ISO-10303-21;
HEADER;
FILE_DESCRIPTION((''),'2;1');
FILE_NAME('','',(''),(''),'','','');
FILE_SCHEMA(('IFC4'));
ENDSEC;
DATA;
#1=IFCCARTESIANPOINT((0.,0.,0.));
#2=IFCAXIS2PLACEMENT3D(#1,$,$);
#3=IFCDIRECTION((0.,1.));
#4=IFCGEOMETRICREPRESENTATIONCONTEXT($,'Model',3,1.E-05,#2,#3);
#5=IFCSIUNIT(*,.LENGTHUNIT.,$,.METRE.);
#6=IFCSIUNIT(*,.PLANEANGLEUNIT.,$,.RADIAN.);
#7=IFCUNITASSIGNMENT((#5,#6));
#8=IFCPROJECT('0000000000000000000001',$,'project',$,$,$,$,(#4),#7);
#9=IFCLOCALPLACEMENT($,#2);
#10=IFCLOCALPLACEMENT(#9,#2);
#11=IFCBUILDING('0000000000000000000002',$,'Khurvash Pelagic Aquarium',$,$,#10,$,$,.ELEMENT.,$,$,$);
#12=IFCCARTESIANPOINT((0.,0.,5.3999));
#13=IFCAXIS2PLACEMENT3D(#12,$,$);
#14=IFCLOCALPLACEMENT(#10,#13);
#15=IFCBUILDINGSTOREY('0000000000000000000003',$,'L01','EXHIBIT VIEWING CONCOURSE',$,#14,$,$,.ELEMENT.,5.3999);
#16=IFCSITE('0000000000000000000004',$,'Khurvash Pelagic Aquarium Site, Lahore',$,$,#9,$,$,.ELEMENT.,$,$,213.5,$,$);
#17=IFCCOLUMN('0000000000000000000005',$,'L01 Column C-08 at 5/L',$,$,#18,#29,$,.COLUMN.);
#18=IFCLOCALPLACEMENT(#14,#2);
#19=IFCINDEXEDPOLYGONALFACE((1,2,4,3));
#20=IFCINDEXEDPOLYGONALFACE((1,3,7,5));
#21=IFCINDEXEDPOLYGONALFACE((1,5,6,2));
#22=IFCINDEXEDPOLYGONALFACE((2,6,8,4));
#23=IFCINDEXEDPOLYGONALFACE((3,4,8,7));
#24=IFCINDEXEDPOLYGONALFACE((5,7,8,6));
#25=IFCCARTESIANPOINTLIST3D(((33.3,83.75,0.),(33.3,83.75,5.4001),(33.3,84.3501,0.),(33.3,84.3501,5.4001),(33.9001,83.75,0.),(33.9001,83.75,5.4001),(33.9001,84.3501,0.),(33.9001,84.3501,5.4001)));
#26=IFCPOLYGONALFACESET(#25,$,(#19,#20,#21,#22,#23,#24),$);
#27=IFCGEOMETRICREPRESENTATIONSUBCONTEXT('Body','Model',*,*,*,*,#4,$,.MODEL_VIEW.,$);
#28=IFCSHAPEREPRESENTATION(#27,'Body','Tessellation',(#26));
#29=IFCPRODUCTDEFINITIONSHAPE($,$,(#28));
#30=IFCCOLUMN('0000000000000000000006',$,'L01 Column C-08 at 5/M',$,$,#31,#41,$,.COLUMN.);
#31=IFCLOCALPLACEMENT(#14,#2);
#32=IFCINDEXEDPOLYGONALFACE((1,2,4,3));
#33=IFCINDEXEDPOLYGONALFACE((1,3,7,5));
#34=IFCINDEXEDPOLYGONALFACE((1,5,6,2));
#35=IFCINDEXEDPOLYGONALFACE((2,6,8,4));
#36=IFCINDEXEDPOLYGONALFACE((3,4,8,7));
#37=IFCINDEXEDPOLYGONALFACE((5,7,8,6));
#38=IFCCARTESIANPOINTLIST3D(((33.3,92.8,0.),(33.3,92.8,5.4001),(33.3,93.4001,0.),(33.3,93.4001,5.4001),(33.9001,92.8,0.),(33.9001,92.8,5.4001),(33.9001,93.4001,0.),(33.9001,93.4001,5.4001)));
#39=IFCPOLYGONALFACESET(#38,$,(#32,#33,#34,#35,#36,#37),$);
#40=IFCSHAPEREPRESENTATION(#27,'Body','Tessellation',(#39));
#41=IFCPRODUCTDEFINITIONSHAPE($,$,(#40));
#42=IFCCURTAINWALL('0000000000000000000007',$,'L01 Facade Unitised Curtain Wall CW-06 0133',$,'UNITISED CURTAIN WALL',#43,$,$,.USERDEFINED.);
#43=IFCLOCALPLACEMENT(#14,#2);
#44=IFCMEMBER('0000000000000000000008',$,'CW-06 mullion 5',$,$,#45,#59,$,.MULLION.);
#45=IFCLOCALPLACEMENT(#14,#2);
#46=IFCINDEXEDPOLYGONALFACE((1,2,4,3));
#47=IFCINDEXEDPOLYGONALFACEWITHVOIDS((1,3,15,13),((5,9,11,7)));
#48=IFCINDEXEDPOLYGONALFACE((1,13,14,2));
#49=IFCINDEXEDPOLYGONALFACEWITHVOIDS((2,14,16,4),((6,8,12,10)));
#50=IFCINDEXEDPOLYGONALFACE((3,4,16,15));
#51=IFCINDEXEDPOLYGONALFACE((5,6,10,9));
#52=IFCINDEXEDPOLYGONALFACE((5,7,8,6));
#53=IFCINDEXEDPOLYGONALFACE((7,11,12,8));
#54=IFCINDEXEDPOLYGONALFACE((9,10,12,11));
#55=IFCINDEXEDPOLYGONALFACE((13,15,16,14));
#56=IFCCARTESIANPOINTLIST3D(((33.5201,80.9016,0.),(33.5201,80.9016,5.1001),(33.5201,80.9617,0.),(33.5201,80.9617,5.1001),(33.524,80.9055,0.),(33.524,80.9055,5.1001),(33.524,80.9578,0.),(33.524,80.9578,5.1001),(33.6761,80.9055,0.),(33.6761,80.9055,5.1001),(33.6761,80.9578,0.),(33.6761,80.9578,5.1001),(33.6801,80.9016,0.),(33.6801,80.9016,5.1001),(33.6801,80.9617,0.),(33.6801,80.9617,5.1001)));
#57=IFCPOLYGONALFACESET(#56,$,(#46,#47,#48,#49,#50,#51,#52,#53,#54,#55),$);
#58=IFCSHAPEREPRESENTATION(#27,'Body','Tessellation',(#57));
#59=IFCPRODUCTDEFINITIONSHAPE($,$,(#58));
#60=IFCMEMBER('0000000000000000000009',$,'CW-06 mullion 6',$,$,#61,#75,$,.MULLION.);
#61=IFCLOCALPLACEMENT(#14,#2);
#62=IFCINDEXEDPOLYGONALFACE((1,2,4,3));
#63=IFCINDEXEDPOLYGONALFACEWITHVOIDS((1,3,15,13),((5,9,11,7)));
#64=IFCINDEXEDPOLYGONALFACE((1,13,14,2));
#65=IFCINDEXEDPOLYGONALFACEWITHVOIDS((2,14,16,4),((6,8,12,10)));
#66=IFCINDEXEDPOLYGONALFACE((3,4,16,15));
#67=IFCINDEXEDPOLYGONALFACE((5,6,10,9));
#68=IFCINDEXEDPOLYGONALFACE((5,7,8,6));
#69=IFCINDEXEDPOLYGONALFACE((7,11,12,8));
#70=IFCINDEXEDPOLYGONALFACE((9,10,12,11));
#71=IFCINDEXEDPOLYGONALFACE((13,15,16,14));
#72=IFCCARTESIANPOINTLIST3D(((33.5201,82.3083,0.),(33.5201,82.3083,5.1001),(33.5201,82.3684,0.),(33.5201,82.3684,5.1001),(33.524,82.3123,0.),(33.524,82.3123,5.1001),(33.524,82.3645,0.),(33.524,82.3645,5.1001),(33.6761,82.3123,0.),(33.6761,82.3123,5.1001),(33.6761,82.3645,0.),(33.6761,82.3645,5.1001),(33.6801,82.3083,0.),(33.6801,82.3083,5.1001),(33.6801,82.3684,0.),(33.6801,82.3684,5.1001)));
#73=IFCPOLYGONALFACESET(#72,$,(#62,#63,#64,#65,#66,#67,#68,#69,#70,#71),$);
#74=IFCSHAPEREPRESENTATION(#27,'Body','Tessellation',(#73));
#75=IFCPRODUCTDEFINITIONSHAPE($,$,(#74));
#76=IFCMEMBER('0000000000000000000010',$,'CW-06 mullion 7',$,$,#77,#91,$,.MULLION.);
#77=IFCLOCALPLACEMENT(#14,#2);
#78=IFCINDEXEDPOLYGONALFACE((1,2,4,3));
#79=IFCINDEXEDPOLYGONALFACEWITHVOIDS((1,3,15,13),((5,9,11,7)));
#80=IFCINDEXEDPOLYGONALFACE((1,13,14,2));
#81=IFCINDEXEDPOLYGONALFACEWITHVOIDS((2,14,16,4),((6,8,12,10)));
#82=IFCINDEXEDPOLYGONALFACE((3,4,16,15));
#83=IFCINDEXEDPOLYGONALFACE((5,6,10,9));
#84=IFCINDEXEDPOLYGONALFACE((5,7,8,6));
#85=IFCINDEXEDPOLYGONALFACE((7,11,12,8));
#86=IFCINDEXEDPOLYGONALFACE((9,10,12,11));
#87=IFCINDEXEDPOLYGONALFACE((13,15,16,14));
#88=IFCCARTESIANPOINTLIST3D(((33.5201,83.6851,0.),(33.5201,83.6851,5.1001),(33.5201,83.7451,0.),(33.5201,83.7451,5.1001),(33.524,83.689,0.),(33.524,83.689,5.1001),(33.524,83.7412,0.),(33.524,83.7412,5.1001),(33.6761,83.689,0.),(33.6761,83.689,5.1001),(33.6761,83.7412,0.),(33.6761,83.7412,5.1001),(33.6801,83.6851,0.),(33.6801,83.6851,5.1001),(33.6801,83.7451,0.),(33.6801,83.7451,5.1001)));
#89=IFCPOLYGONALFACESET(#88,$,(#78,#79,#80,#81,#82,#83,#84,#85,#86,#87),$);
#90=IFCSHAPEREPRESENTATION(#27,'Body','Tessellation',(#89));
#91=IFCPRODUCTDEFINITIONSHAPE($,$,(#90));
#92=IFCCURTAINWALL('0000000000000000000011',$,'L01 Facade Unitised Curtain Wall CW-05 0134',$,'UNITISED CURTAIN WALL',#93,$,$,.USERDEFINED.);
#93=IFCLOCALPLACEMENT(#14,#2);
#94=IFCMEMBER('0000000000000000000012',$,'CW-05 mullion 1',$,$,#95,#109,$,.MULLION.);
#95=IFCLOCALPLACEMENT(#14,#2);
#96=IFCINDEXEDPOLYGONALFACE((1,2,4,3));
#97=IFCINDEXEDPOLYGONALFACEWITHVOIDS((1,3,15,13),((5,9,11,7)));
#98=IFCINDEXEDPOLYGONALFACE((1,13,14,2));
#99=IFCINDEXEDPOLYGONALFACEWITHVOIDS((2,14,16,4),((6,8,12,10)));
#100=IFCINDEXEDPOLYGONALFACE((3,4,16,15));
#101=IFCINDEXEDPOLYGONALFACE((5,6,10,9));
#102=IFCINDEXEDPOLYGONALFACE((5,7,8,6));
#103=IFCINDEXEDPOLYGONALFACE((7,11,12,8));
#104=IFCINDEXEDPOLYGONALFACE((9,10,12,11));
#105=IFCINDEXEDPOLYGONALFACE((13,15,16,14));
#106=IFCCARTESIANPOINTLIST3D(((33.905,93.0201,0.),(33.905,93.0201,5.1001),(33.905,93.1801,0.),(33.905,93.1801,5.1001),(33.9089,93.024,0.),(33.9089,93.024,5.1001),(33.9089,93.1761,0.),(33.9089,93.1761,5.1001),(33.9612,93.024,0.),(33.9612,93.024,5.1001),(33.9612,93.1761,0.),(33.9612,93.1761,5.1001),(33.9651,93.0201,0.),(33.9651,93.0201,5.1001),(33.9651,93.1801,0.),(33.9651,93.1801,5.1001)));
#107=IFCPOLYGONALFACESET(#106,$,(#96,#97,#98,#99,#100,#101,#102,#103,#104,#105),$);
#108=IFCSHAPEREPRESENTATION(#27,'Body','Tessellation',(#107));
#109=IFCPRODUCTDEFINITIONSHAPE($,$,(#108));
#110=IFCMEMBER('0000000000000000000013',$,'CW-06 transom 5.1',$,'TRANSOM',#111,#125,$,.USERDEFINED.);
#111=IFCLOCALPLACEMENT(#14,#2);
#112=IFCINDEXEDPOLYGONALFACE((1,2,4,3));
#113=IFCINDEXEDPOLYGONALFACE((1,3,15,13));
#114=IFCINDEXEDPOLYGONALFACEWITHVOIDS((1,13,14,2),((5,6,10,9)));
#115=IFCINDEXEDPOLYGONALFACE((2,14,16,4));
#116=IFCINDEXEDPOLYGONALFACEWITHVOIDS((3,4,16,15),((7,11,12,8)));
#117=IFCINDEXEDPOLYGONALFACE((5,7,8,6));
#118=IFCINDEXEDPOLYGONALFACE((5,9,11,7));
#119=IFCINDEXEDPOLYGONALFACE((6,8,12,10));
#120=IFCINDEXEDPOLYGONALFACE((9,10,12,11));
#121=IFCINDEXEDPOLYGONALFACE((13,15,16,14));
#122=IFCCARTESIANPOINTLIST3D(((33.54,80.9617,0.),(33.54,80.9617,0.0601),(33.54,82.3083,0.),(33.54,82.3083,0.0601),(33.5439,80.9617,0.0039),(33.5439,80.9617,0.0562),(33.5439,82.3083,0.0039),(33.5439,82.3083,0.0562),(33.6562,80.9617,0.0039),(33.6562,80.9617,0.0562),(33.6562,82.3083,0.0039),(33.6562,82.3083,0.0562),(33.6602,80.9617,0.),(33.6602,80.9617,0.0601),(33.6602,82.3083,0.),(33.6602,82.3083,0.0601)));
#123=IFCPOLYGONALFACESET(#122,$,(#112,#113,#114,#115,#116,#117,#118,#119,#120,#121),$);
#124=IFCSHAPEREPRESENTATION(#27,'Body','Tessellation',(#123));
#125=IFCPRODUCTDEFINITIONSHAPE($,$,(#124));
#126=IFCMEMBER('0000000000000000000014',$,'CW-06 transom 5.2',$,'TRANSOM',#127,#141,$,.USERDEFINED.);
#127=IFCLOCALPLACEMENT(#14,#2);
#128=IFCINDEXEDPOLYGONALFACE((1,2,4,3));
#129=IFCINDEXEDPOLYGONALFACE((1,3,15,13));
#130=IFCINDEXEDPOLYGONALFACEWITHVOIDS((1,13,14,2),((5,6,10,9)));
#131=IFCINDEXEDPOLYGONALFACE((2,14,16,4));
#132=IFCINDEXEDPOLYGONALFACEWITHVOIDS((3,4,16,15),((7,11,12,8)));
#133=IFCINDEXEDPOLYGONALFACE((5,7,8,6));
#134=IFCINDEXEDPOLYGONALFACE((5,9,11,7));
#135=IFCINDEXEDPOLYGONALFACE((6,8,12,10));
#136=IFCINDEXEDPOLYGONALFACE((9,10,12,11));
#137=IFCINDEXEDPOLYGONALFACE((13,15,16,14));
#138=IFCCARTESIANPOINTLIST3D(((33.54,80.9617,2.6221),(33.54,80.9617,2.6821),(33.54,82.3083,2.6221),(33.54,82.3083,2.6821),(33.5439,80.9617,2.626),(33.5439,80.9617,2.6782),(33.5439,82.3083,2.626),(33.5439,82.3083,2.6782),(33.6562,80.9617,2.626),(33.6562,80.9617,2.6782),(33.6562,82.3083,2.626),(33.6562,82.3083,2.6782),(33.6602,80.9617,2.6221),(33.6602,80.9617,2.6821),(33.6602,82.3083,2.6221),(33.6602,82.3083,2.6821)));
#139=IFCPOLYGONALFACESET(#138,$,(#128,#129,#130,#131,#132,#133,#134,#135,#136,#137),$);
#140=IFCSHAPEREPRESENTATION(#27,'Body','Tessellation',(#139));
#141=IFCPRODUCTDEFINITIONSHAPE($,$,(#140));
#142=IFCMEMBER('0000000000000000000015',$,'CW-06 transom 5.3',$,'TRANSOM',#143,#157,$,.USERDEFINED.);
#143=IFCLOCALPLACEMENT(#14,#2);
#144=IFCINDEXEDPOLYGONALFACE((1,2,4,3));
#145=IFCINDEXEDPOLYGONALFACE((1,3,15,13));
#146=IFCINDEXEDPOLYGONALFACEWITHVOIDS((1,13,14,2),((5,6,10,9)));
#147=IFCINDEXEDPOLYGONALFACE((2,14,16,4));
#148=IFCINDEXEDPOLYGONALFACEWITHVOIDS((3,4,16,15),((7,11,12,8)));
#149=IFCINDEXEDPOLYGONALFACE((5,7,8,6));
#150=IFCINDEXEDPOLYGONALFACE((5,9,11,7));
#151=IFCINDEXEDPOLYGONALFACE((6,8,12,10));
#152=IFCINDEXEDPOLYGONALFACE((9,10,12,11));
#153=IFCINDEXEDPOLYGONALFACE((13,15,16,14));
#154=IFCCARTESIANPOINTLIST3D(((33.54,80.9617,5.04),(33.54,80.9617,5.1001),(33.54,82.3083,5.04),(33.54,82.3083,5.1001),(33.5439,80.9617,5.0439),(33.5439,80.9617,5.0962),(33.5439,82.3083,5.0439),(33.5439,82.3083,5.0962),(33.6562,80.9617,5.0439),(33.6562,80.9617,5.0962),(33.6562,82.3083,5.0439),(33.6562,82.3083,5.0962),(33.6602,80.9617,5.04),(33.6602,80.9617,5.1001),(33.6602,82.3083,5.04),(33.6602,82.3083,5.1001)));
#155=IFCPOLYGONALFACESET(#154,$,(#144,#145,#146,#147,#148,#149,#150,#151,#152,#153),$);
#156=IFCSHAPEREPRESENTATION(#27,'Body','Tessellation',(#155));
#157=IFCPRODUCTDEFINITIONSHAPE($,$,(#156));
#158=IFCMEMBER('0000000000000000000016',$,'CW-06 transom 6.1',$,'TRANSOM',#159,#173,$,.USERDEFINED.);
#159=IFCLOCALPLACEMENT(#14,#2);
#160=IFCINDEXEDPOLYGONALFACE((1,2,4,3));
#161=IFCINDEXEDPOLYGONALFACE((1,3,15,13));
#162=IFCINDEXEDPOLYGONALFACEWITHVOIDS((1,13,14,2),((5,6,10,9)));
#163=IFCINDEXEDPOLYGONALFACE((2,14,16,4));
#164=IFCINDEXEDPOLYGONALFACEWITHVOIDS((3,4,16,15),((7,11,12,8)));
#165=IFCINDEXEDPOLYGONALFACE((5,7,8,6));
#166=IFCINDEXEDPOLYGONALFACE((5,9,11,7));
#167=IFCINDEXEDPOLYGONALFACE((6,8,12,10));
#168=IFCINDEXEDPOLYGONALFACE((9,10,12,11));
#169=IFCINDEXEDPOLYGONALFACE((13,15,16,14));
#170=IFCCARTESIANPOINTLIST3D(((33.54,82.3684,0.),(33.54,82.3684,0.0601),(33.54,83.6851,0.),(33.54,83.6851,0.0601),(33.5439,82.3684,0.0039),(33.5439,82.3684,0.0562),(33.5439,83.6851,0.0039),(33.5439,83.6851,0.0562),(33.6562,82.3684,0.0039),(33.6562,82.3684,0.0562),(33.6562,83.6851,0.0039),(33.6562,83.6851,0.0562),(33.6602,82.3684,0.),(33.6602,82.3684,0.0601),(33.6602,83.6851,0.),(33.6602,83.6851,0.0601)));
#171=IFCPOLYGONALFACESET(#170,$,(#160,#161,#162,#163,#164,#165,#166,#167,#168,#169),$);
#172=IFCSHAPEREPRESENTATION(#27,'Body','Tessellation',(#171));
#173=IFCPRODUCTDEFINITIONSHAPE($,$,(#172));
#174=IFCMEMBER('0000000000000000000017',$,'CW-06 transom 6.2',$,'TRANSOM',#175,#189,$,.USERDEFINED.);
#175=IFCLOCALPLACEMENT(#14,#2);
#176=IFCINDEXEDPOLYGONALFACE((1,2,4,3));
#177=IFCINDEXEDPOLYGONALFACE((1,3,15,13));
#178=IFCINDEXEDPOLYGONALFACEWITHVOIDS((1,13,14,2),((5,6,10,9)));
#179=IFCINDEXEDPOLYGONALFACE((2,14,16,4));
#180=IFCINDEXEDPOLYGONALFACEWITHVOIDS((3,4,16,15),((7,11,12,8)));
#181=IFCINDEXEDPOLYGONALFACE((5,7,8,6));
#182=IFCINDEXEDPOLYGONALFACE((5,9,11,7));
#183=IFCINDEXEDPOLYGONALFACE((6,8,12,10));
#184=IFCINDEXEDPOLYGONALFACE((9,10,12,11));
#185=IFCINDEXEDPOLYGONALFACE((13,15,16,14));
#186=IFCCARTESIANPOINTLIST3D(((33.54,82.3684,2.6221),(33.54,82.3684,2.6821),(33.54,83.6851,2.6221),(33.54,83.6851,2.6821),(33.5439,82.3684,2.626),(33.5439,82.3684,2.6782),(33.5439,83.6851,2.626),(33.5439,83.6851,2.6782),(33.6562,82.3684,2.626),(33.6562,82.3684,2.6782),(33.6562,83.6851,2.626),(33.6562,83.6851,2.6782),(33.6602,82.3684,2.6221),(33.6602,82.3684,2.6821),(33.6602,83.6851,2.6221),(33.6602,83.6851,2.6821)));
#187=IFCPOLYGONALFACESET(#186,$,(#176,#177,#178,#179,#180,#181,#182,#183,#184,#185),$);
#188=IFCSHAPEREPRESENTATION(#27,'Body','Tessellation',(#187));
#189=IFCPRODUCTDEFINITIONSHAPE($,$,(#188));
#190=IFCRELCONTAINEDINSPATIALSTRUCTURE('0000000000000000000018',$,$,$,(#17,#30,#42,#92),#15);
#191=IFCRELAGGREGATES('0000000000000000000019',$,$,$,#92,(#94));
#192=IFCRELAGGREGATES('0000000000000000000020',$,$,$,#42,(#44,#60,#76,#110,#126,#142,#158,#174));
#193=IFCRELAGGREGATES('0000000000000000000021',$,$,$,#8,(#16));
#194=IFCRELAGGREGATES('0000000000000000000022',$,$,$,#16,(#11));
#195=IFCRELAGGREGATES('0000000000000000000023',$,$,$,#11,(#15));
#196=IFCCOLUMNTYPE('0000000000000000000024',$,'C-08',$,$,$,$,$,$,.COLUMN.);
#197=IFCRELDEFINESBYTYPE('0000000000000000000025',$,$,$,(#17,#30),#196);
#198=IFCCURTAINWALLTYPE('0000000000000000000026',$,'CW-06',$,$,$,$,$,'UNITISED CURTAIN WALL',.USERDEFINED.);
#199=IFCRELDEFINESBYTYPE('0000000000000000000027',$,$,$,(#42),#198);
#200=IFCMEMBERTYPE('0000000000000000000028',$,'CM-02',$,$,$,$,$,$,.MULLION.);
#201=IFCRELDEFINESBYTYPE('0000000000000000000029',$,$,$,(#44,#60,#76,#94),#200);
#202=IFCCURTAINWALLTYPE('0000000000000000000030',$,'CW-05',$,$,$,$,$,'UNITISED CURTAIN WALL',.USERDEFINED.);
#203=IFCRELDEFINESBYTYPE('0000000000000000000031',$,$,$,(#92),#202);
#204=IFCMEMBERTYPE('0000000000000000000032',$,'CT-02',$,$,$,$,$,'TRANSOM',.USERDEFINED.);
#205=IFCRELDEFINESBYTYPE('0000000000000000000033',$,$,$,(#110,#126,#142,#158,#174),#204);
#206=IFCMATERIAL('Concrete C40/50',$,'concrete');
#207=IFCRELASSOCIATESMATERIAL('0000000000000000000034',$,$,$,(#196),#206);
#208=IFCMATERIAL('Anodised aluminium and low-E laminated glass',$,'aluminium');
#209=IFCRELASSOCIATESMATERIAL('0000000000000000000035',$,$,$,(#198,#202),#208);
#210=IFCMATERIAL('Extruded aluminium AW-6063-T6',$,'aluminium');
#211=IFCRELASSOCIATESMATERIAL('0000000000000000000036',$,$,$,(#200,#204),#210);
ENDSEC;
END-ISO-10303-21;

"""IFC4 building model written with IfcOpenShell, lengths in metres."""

from ifc_helpers import new_model, si_unit, direction, frame, origin, origin_2d, place, context, subcontext, project, spatial, rectangle, hollow_rectangle, extrude, material, material_profile, profile_set, type_object, element, aggregate, save


model = new_model("IFC4")

# Units and contexts
model_context = context("Model", 3, precision=1e-05, world=origin(), true_north=direction((0.0, 1.0)))
body_context = subcontext(model_context, "Body", "Model", "MODEL_VIEW")
ifc_project = project(units=[si_unit("LENGTHUNIT", "METRE"), si_unit("PLANEANGLEUNIT", "RADIAN")], contexts=[model_context])

# Site, building, storey
site_placement = place(None, origin())
site = spatial("IfcSite", under=ifc_project, at=site_placement, Name="Khurvash Pelagic Aquarium Site, Lahore", CompositionType="ELEMENT", RefElevation=213.5)
building_placement = place(site_placement, origin())
building = spatial("IfcBuilding", under=site, at=building_placement, Name="Khurvash Pelagic Aquarium", CompositionType="ELEMENT")
storey_placement = place(building_placement, frame((0.0, 0.0, 5.3999)))
storey = spatial("IfcBuildingStorey", under=building, at=storey_placement, Name="L01", Description="EXHIBIT VIEWING CONCOURSE", CompositionType="ELEMENT", Elevation=5.3999)

# Columns
ifc_material_1 = material(Name="Concrete C40/50", Category="concrete")
ifc_material_profile_1 = material_profile(ifc_material_1, rectangle(XDim=0.6001, YDim=0.6001, at=origin_2d()), Name="RC600X600")
ifc_profile_set_1 = profile_set([ifc_material_profile_1], Name="Concrete C40/50")
column_type = type_object("IfcColumnType", Name="C-08", PredefinedType="COLUMN", material=ifc_profile_set_1)
for number, where, z_axis, x_axis, name in (
    (1, (33.6001, 84.05, 0.0), (0.0, 0.0, 1.0), (1.0, 0.0, 0.0), "L01 Column C-08 at 5/L"),
    (2, (33.6001, 93.1001, 0.0), (0.0, 0.0, 1.0), (1.0, 0.0, 0.0), "L01 Column C-08 at 5/M"),
):
    element("IfcColumn", number, at=place(storey_placement, frame(where, z_axis=z_axis, x_axis=x_axis)), inside=storey, type_object=column_type, Name=name, PredefinedType="COLUMN", context=body_context, shape_type="SweptSolid", body=[
        extrude(rectangle(XDim=0.6001, YDim=0.6001, at=origin_2d()), origin(), (0.0, 0.0, 1.0), 5.4001),
    ])

# Curtain wall, members
ifc_material_2 = material(Name="Anodised aluminium and low-E laminated glass", Category="aluminium")
curtain_wall_type_1 = type_object("IfcCurtainWallType", Name="CW-06", ElementType="UNITISED CURTAIN WALL", PredefinedType="USERDEFINED", material=ifc_material_2)
curtain_wall_1_placement = place(storey_placement, origin())
curtain_wall_1 = element("IfcCurtainWall", 3, at=curtain_wall_1_placement, inside=storey, type_object=curtain_wall_type_1, Name="L01 Facade Unitised Curtain Wall CW-06 0133", ObjectType="UNITISED CURTAIN WALL", PredefinedType="USERDEFINED")
ifc_material_3 = material(Name="Extruded aluminium AW-6063-T6", Category="aluminium")
ifc_material_profile_2 = material_profile(ifc_material_3, hollow_rectangle(XDim=0.0601, YDim=0.1599, WallThickness=0.0039, at=origin_2d()), Name="CWM60X160X4")
ifc_profile_set_2 = profile_set([ifc_material_profile_2], Name="Extruded aluminium AW-6063-T6")
member_type_1 = type_object("IfcMemberType", Name="CM-02", PredefinedType="MULLION", material=ifc_profile_set_2)
member_1_placement = place(storey_placement, frame((33.6001, 80.9316, 0.0), z_axis=(0.0, 0.0, 1.0), x_axis=(0.0, 1.0, 0.0)))
member_1 = element("IfcMember", 4, at=member_1_placement, type_object=member_type_1, Name="CW-06 mullion 5", PredefinedType="MULLION", context=body_context, shape_type="SweptSolid", body=[
    extrude(hollow_rectangle(XDim=0.0601, YDim=0.1599, WallThickness=0.0039, at=origin_2d()), origin(), (0.0, 0.0, 1.0), 5.1001),
])
member_2_placement = place(storey_placement, frame((33.6001, 82.3384, 0.0), z_axis=(0.0, 0.0, 1.0), x_axis=(0.0, 1.0, 0.0)))
member_2 = element("IfcMember", 5, at=member_2_placement, type_object=member_type_1, Name="CW-06 mullion 6", PredefinedType="MULLION", context=body_context, shape_type="SweptSolid", body=[
    extrude(hollow_rectangle(XDim=0.0601, YDim=0.1599, WallThickness=0.0039, at=origin_2d()), origin(), (0.0, 0.0, 1.0), 5.1001),
])
member_3_placement = place(storey_placement, frame((33.6001, 83.7151, 0.0), z_axis=(0.0, 0.0, 1.0), x_axis=(0.0, 1.0, 0.0)))
member_3 = element("IfcMember", 6, at=member_3_placement, type_object=member_type_1, Name="CW-06 mullion 7", PredefinedType="MULLION", context=body_context, shape_type="SweptSolid", body=[
    extrude(hollow_rectangle(XDim=0.0601, YDim=0.1599, WallThickness=0.0039, at=origin_2d()), origin(), (0.0, 0.0, 1.0), 5.1001),
])

# Curtain wall, member
curtain_wall_type_2 = type_object("IfcCurtainWallType", Name="CW-05", ElementType="UNITISED CURTAIN WALL", PredefinedType="USERDEFINED", material=ifc_material_2)
curtain_wall_2_placement = place(storey_placement, origin())
curtain_wall_2 = element("IfcCurtainWall", 7, at=curtain_wall_2_placement, inside=storey, type_object=curtain_wall_type_2, Name="L01 Facade Unitised Curtain Wall CW-05 0134", ObjectType="UNITISED CURTAIN WALL", PredefinedType="USERDEFINED")
member_4_placement = place(storey_placement, frame((33.9351, 93.1001, 0.0), z_axis=(0.0, 0.0, 1.0), x_axis=(1.0, 0.0, 0.0)))
member_4 = element("IfcMember", 8, at=member_4_placement, type_object=member_type_1, Name="CW-05 mullion 1", PredefinedType="MULLION", context=body_context, shape_type="SweptSolid", body=[
    extrude(hollow_rectangle(XDim=0.0601, YDim=0.1599, WallThickness=0.0039, at=origin_2d()), origin(), (0.0, 0.0, 1.0), 5.1001),
])

# Members
ifc_material_profile_3 = material_profile(ifc_material_3, hollow_rectangle(XDim=0.1201, YDim=0.0601, WallThickness=0.0039, at=origin_2d()), Name="CWT120X60X4")
ifc_profile_set_3 = profile_set([ifc_material_profile_3], Name="Extruded aluminium AW-6063-T6")
member_type_2 = type_object("IfcMemberType", Name="CT-02", ElementType="TRANSOM", PredefinedType="USERDEFINED", material=ifc_profile_set_3)
member_5_placement = place(storey_placement, frame((33.6001, 80.9617, 0.03), z_axis=(0.0, 1.0, 0.0), x_axis=(-1.0, 0.0, 0.0)))
member_5 = element("IfcMember", 9, at=member_5_placement, type_object=member_type_2, Name="CW-06 transom 5.1", ObjectType="TRANSOM", PredefinedType="USERDEFINED", context=body_context, shape_type="SweptSolid", body=[
    extrude(hollow_rectangle(XDim=0.1201, YDim=0.0601, WallThickness=0.0039, at=origin_2d()), origin(), (0.0, 0.0, 1.0), 1.3467),
])
member_6_placement = place(storey_placement, frame((33.6001, 80.9617, 2.6521), z_axis=(0.0, 1.0, 0.0), x_axis=(-1.0, 0.0, 0.0)))
member_6 = element("IfcMember", 10, at=member_6_placement, type_object=member_type_2, Name="CW-06 transom 5.2", ObjectType="TRANSOM", PredefinedType="USERDEFINED", context=body_context, shape_type="SweptSolid", body=[
    extrude(hollow_rectangle(XDim=0.1201, YDim=0.0601, WallThickness=0.0039, at=origin_2d()), origin(), (0.0, 0.0, 1.0), 1.3467),
])
member_7_placement = place(storey_placement, frame((33.6001, 80.9617, 5.0701), z_axis=(0.0, 1.0, 0.0), x_axis=(-1.0, 0.0, 0.0)))
member_7 = element("IfcMember", 11, at=member_7_placement, type_object=member_type_2, Name="CW-06 transom 5.3", ObjectType="TRANSOM", PredefinedType="USERDEFINED", context=body_context, shape_type="SweptSolid", body=[
    extrude(hollow_rectangle(XDim=0.1201, YDim=0.0601, WallThickness=0.0039, at=origin_2d()), origin(), (0.0, 0.0, 1.0), 1.3467),
])
member_8_placement = place(storey_placement, frame((33.6001, 82.3684, 0.03), z_axis=(0.0, 1.0, 0.0), x_axis=(-1.0, 0.0, 0.0)))
member_8 = element("IfcMember", 12, at=member_8_placement, type_object=member_type_2, Name="CW-06 transom 6.1", ObjectType="TRANSOM", PredefinedType="USERDEFINED", context=body_context, shape_type="SweptSolid", body=[
    extrude(hollow_rectangle(XDim=0.1201, YDim=0.0601, WallThickness=0.0039, at=origin_2d()), origin(), (0.0, 0.0, 1.0), 1.3167),
])
member_9_placement = place(storey_placement, frame((33.6001, 82.3684, 2.6521), z_axis=(0.0, 1.0, 0.0), x_axis=(-1.0, 0.0, 0.0)))
member_9 = element("IfcMember", 13, at=member_9_placement, type_object=member_type_2, Name="CW-06 transom 6.2", ObjectType="TRANSOM", PredefinedType="USERDEFINED", context=body_context, shape_type="SweptSolid", body=[
    extrude(hollow_rectangle(XDim=0.1201, YDim=0.0601, WallThickness=0.0039, at=origin_2d()), origin(), (0.0, 0.0, 1.0), 1.3167),
])
aggregate(curtain_wall_2, [member_4])

aggregate(curtain_wall_1, [member_1, member_2, member_3, member_5, member_6, member_7, member_8, member_9])

save(model, "model.ifc")
